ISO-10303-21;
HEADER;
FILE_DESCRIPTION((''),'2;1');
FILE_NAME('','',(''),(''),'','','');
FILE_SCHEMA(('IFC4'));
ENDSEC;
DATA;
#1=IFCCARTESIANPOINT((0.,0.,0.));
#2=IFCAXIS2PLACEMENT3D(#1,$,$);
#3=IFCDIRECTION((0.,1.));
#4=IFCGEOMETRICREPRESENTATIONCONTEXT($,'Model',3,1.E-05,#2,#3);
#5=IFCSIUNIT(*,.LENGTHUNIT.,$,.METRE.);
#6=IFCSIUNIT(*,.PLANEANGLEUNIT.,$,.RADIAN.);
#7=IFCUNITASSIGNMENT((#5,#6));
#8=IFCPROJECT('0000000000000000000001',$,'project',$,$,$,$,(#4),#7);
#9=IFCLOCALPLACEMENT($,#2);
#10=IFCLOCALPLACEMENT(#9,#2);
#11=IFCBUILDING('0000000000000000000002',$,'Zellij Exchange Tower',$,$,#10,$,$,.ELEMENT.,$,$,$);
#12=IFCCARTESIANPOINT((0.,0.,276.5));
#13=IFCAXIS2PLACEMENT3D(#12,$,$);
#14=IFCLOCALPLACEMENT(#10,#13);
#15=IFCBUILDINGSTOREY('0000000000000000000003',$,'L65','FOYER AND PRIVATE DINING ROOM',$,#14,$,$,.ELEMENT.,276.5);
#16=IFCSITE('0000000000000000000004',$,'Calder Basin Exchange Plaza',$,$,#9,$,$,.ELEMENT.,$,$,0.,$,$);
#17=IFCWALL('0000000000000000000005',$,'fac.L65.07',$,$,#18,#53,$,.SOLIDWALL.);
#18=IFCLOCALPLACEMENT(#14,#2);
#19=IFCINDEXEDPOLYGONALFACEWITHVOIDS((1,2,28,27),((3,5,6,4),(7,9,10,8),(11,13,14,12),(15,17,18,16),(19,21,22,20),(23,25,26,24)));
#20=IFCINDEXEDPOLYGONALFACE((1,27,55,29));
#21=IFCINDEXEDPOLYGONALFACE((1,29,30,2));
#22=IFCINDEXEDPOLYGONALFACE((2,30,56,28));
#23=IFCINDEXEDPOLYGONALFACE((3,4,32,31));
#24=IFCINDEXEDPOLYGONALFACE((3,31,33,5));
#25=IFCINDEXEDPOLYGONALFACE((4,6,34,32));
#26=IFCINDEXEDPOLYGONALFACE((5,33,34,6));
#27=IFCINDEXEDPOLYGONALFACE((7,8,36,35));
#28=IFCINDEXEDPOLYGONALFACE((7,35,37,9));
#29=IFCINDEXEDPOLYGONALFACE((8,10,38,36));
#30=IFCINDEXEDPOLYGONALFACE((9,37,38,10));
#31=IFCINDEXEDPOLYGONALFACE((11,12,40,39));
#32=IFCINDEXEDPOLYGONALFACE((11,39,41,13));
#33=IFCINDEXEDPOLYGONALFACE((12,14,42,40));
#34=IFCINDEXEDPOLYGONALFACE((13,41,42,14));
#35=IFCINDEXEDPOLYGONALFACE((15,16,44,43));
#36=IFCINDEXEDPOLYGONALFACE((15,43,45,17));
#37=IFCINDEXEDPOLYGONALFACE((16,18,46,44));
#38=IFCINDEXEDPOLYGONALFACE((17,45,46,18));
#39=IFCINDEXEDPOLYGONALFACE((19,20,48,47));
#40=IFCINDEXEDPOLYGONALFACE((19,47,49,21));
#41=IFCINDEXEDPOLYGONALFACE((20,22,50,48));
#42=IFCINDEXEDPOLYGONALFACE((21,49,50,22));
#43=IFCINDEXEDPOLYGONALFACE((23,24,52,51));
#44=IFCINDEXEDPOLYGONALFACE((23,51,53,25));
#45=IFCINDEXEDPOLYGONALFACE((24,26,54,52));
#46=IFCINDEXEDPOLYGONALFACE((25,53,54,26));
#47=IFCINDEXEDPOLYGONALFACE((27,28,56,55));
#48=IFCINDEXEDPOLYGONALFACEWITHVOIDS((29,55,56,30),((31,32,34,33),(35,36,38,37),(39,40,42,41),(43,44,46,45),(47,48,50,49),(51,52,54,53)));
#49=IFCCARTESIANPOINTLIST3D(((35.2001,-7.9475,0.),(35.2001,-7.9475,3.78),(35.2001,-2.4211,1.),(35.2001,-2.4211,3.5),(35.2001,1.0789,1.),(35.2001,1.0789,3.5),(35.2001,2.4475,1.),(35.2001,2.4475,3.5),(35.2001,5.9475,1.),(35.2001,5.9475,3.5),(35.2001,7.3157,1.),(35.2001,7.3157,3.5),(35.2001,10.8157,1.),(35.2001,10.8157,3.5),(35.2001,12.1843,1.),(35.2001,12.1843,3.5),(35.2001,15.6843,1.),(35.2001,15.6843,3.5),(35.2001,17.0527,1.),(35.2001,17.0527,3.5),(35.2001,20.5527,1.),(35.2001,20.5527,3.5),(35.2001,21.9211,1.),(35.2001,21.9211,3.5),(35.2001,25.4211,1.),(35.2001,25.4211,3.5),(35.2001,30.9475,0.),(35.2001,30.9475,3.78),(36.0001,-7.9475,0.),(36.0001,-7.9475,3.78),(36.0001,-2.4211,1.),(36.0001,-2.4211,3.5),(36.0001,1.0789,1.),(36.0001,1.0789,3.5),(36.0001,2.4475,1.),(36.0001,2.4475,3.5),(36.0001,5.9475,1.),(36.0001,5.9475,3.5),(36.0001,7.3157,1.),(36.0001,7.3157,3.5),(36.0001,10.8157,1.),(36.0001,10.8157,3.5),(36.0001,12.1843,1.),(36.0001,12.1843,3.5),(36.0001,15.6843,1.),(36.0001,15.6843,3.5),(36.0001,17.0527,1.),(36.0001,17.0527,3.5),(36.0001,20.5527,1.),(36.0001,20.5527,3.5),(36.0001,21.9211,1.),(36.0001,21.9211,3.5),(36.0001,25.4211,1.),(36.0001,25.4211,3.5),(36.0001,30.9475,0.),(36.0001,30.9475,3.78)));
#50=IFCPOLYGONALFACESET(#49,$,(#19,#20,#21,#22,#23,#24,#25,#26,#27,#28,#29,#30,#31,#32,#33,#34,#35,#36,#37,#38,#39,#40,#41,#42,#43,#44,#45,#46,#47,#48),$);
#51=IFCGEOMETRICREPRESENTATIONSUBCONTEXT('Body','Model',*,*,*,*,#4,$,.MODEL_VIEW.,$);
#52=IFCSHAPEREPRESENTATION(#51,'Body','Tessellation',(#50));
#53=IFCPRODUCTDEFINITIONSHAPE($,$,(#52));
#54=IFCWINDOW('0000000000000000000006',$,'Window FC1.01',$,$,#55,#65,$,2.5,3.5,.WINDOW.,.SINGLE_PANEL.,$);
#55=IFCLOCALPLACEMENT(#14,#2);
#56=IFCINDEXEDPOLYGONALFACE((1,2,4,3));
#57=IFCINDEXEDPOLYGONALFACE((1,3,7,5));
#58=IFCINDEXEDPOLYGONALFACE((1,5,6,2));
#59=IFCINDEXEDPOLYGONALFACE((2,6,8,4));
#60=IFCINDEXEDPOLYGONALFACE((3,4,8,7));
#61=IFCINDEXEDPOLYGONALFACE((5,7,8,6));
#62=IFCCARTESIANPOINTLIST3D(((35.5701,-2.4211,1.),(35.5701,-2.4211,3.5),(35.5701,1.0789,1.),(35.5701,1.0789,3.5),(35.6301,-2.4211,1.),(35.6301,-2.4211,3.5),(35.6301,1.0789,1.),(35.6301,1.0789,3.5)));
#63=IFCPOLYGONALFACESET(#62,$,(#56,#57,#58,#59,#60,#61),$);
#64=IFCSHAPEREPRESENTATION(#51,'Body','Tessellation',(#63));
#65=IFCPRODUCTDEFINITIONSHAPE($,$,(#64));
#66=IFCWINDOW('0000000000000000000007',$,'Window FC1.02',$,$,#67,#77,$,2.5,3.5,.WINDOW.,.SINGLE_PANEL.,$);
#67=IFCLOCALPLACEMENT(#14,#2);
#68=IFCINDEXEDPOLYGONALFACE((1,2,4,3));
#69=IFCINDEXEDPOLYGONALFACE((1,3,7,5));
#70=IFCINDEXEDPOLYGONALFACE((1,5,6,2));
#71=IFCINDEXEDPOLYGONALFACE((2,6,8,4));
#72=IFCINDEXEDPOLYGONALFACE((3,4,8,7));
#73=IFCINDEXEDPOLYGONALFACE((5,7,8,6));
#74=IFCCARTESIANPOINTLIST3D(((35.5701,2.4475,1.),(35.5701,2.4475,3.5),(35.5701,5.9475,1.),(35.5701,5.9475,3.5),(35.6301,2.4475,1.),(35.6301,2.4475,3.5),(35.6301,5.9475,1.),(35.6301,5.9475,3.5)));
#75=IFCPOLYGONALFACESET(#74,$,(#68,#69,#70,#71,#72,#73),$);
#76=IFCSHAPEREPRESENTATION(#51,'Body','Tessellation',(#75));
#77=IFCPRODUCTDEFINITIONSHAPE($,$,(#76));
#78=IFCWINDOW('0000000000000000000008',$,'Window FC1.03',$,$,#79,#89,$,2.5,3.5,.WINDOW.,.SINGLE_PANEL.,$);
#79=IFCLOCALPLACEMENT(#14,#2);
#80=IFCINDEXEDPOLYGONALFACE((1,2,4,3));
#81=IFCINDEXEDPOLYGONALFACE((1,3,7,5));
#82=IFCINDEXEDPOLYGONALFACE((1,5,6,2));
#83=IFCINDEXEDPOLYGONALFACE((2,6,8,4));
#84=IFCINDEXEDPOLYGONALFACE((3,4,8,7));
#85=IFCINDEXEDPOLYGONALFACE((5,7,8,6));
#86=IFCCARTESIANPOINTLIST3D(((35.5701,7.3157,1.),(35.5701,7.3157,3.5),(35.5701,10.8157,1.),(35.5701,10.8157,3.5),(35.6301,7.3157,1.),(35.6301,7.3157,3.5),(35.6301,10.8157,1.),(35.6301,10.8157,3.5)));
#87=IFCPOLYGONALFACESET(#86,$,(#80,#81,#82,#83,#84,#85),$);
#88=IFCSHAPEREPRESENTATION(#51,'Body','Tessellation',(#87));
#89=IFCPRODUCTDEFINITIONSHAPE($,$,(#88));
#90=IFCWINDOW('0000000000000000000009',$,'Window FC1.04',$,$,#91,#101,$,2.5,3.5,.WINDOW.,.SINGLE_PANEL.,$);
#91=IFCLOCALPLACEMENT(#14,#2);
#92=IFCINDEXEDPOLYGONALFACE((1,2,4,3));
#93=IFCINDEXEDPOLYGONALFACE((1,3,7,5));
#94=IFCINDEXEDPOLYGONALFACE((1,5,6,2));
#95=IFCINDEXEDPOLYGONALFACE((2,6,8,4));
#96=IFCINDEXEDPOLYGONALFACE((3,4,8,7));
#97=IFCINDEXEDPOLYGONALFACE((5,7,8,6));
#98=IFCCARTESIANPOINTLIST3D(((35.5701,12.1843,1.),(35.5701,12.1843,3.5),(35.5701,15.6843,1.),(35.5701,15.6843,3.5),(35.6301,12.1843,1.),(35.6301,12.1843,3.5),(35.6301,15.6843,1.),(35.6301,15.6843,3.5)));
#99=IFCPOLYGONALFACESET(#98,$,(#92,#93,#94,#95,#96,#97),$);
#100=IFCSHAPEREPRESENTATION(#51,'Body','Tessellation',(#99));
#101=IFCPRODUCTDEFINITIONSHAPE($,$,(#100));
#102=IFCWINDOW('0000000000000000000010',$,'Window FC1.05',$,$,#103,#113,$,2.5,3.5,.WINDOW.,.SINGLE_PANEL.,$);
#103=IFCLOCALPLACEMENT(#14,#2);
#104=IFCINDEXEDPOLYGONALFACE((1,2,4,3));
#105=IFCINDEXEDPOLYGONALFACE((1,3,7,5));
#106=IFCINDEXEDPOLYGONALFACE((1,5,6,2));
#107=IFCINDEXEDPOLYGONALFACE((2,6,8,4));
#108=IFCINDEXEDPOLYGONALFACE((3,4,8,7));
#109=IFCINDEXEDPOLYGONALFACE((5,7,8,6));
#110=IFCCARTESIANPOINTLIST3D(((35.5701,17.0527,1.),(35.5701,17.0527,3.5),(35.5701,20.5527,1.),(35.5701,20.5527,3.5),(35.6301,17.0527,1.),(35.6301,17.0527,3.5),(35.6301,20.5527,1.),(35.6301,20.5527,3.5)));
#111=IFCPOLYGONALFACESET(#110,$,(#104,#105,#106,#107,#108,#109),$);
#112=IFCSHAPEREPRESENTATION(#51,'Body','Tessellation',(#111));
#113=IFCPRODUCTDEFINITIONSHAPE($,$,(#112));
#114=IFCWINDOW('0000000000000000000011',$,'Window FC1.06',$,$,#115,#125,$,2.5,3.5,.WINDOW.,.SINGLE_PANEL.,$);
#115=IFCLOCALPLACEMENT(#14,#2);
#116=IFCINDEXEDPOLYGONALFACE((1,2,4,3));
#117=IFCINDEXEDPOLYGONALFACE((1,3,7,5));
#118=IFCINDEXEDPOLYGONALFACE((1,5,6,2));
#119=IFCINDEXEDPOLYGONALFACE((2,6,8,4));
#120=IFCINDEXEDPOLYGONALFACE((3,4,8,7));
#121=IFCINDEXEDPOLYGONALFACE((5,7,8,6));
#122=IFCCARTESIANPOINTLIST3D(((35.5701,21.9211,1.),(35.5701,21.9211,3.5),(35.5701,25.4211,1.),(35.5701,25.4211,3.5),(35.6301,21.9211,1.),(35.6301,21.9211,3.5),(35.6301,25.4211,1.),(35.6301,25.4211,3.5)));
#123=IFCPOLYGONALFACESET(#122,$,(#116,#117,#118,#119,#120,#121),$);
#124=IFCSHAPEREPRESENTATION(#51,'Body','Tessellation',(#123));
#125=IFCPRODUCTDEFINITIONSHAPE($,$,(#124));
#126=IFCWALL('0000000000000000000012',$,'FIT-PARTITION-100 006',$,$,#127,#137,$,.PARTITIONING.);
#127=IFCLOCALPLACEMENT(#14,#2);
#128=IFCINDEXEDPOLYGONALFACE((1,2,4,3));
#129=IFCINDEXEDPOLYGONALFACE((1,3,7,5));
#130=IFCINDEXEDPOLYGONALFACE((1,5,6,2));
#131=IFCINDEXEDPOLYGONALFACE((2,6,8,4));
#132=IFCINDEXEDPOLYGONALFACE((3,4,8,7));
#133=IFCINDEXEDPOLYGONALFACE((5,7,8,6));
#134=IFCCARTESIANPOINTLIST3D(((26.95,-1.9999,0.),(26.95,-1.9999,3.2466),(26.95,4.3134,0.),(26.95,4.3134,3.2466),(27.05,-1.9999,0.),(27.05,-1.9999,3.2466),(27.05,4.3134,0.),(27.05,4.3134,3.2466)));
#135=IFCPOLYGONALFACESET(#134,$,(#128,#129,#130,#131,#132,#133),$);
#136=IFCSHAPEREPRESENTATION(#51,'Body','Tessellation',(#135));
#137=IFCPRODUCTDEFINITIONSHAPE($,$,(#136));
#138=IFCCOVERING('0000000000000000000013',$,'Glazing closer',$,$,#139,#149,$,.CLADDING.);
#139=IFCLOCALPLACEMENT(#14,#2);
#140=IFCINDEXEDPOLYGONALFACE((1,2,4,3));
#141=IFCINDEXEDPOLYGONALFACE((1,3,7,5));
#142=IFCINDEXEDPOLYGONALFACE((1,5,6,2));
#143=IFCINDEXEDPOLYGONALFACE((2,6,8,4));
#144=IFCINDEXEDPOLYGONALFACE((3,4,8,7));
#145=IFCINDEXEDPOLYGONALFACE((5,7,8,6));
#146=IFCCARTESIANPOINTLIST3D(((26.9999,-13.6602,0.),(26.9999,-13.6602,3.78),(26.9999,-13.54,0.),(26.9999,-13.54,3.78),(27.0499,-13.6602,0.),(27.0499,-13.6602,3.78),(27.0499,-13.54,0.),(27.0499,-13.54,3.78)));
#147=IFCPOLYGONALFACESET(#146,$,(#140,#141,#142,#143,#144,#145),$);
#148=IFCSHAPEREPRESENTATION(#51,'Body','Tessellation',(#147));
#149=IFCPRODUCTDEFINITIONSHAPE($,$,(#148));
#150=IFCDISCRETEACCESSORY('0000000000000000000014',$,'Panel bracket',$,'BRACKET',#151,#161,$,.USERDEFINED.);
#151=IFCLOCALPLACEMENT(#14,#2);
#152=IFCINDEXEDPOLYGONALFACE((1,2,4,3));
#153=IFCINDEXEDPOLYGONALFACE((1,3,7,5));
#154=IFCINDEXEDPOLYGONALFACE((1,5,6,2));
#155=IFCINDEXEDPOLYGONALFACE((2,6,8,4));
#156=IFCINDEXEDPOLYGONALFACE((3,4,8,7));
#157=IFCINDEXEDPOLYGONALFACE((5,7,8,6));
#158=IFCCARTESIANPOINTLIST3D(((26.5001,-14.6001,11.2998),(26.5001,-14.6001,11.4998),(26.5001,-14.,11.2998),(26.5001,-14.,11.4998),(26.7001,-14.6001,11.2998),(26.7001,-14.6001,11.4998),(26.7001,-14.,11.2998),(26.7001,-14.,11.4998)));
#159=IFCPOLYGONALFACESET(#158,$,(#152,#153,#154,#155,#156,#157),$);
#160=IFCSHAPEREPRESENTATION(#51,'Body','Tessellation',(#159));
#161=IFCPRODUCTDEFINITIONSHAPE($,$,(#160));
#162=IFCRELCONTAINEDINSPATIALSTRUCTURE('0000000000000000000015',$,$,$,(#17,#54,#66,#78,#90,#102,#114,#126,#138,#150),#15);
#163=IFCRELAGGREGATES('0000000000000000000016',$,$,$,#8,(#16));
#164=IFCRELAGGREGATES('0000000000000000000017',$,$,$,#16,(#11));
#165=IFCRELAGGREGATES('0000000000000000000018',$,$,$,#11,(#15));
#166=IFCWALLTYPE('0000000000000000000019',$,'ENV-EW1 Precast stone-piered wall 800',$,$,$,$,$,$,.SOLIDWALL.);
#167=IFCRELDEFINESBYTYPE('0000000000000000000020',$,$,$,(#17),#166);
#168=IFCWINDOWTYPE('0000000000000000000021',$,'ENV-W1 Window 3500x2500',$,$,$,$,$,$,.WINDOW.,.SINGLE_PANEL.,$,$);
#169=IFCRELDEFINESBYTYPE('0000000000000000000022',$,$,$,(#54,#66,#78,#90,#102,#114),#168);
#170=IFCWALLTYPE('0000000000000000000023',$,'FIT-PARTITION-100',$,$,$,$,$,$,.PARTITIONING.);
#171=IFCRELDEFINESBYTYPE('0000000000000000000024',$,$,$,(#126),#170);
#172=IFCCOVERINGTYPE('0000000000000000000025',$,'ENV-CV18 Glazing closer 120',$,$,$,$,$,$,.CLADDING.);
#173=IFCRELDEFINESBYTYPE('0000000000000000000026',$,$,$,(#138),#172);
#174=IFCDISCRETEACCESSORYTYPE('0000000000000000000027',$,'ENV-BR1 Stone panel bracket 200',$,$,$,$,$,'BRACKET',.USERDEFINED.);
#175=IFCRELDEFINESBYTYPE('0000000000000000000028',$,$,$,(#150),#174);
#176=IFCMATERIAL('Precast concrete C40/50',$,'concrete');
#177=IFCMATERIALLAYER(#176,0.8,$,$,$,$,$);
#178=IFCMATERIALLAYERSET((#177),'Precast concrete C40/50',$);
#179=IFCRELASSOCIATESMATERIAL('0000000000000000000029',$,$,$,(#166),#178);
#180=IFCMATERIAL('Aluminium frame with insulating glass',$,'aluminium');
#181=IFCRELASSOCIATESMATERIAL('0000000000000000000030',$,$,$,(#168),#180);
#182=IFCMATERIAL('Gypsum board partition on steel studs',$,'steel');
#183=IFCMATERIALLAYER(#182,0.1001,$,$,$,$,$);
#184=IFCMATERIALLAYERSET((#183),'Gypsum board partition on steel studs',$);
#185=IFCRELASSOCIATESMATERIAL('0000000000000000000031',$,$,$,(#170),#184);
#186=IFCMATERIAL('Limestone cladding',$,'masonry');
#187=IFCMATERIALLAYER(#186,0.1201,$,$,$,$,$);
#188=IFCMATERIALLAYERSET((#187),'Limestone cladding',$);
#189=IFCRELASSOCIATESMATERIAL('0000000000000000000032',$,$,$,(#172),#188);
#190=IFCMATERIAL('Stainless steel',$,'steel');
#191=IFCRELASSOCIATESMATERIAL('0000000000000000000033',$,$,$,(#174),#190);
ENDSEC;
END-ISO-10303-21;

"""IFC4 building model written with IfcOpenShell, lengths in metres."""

from ifc_helpers import new_model, si_unit, direction, frame, frame_2d, origin, origin_2d, place, context, subcontext, project, spatial, rectangle, extrude, material, layer, layer_set, type_object, element, fill, save


model = new_model("IFC4")

# Units and contexts
model_context = context("Model", 3, precision=1e-05, world=origin(), true_north=direction((0.0, 1.0)))
body_context = subcontext(model_context, "Body", "Model", "MODEL_VIEW")
ifc_project = project(units=[si_unit("LENGTHUNIT", "METRE"), si_unit("PLANEANGLEUNIT", "RADIAN")], contexts=[model_context])

# Site, building, storey
site_placement = place(None, origin())
site = spatial("IfcSite", under=ifc_project, at=site_placement, Name="Calder Basin Exchange Plaza", CompositionType="ELEMENT", RefElevation=0.0)
building_placement = place(site_placement, origin())
building = spatial("IfcBuilding", under=site, at=building_placement, Name="Zellij Exchange Tower", CompositionType="ELEMENT")
storey_placement = place(building_placement, frame((0.0, 0.0, 276.5)))
storey = spatial("IfcBuildingStorey", under=building, at=storey_placement, Name="L65", Description="FOYER AND PRIVATE DINING ROOM", CompositionType="ELEMENT", Elevation=276.5)

# Shared definitions
ifc_material_1 = material(Name="Precast concrete C40/50", Category="concrete")
ifc_layer_1 = layer(ifc_material_1, 0.8)
ifc_layer_set_1 = layer_set([ifc_layer_1], Name="Precast concrete C40/50")
wall_type_1 = type_object("IfcWallType", Name="ENV-EW1 Precast stone-piered wall 800", PredefinedType="SOLIDWALL", material=ifc_layer_set_1)

# Wall, openings, windows
wall_1_placement = place(storey_placement, frame((35.6001, -7.9475, 0.0), z_axis=(0.0, 0.0, 1.0), x_axis=(0.0, 1.0, 0.0)))
wall_1 = element("IfcWall", 1, at=wall_1_placement, inside=storey, type_object=wall_type_1, Name="fac.L65.07", PredefinedType="SOLIDWALL", context=body_context, shape_type="SweptSolid", body=[
    extrude(rectangle(XDim=38.895, YDim=0.8, at=frame_2d((19.4475, 0.0))), origin(), (0.0, 0.0, 1.0), 3.78),
])
opening_1_placement = place(wall_1_placement, frame((5.5264, 0.0, 1.0)))
opening_1 = element("IfcOpeningElement", 2, at=opening_1_placement, cuts=wall_1, PredefinedType="OPENING", context=body_context, shape_type="SweptSolid", body=[
    extrude(rectangle(XDim=3.5, YDim=2.5, at=frame_2d((1.75, 1.25))), frame((0.0, 0.4121, 0.0), z_axis=(0.0, -1.0, 0.0), x_axis=(1.0, 0.0, 0.0)), (0.0, 0.0, 1.0), 0.824),
])
opening_2_placement = place(wall_1_placement, frame((10.395, 0.0, 1.0)))
opening_2 = element("IfcOpeningElement", 3, at=opening_2_placement, cuts=wall_1, PredefinedType="OPENING", context=body_context, shape_type="SweptSolid", body=[
    extrude(rectangle(XDim=3.5, YDim=2.5, at=frame_2d((1.75, 1.25))), frame((0.0, 0.4121, 0.0), z_axis=(0.0, -1.0, 0.0), x_axis=(1.0, 0.0, 0.0)), (0.0, 0.0, 1.0), 0.824),
])
opening_3_placement = place(wall_1_placement, frame((15.2632, 0.0, 1.0)))
opening_3 = element("IfcOpeningElement", 4, at=opening_3_placement, cuts=wall_1, PredefinedType="OPENING", context=body_context, shape_type="SweptSolid", body=[
    extrude(rectangle(XDim=3.5, YDim=2.5, at=frame_2d((1.75, 1.25))), frame((0.0, 0.4121, 0.0), z_axis=(0.0, -1.0, 0.0), x_axis=(1.0, 0.0, 0.0)), (0.0, 0.0, 1.0), 0.824),
])
opening_4_placement = place(wall_1_placement, frame((20.1318, 0.0, 1.0)))
opening_4 = element("IfcOpeningElement", 5, at=opening_4_placement, cuts=wall_1, PredefinedType="OPENING", context=body_context, shape_type="SweptSolid", body=[
    extrude(rectangle(XDim=3.5, YDim=2.5, at=frame_2d((1.75, 1.25))), frame((0.0, 0.4121, 0.0), z_axis=(0.0, -1.0, 0.0), x_axis=(1.0, 0.0, 0.0)), (0.0, 0.0, 1.0), 0.824),
])
opening_5_placement = place(wall_1_placement, frame((25.0002, 0.0, 1.0)))
opening_5 = element("IfcOpeningElement", 6, at=opening_5_placement, cuts=wall_1, PredefinedType="OPENING", context=body_context, shape_type="SweptSolid", body=[
    extrude(rectangle(XDim=3.5, YDim=2.5, at=frame_2d((1.75, 1.25))), frame((0.0, 0.4121, 0.0), z_axis=(0.0, -1.0, 0.0), x_axis=(1.0, 0.0, 0.0)), (0.0, 0.0, 1.0), 0.824),
])
opening_6_placement = place(wall_1_placement, frame((29.8687, 0.0, 1.0)))
opening_6 = element("IfcOpeningElement", 7, at=opening_6_placement, cuts=wall_1, PredefinedType="OPENING", context=body_context, shape_type="SweptSolid", body=[
    extrude(rectangle(XDim=3.5, YDim=2.5, at=frame_2d((1.75, 1.25))), frame((0.0, 0.4121, 0.0), z_axis=(0.0, -1.0, 0.0), x_axis=(1.0, 0.0, 0.0)), (0.0, 0.0, 1.0), 0.824),
])
ifc_material_2 = material(Name="Aluminium frame with insulating glass", Category="aluminium")
window_type = type_object("IfcWindowType", Name="ENV-W1 Window 3500x2500", PartitioningType="SINGLE_PANEL", PredefinedType="WINDOW", material=ifc_material_2)
window_1_placement = place(opening_1_placement, origin())
window_1 = element("IfcWindow", 8, at=window_1_placement, inside=storey, type_object=window_type, Name="Window FC1.01", OverallHeight=2.5, OverallWidth=3.5, PartitioningType="SINGLE_PANEL", PredefinedType="WINDOW", context=body_context, shape_type="SweptSolid", body=[
    extrude(rectangle(XDim=3.5, YDim=2.5, at=frame_2d((1.75, 1.25))), frame((0.0, 0.03, 0.0), z_axis=(0.0, -1.0, 0.0), x_axis=(1.0, 0.0, 0.0)), (0.0, 0.0, 1.0), 0.0601),
])
fill(opening_1, window_1)
window_2_placement = place(opening_2_placement, origin())
window_2 = element("IfcWindow", 9, at=window_2_placement, inside=storey, type_object=window_type, Name="Window FC1.02", OverallHeight=2.5, OverallWidth=3.5, PartitioningType="SINGLE_PANEL", PredefinedType="WINDOW", context=body_context, shape_type="SweptSolid", body=[
    extrude(rectangle(XDim=3.5, YDim=2.5, at=frame_2d((1.75, 1.25))), frame((0.0, 0.03, 0.0), z_axis=(0.0, -1.0, 0.0), x_axis=(1.0, 0.0, 0.0)), (0.0, 0.0, 1.0), 0.0601),
])
fill(opening_2, window_2)
window_3_placement = place(opening_3_placement, origin())
window_3 = element("IfcWindow", 10, at=window_3_placement, inside=storey, type_object=window_type, Name="Window FC1.03", OverallHeight=2.5, OverallWidth=3.5, PartitioningType="SINGLE_PANEL", PredefinedType="WINDOW", context=body_context, shape_type="SweptSolid", body=[
    extrude(rectangle(XDim=3.5, YDim=2.5, at=frame_2d((1.75, 1.25))), frame((0.0, 0.03, 0.0), z_axis=(0.0, -1.0, 0.0), x_axis=(1.0, 0.0, 0.0)), (0.0, 0.0, 1.0), 0.0601),
])
fill(opening_3, window_3)
window_4_placement = place(opening_4_placement, origin())
window_4 = element("IfcWindow", 11, at=window_4_placement, inside=storey, type_object=window_type, Name="Window FC1.04", OverallHeight=2.5, OverallWidth=3.5, PartitioningType="SINGLE_PANEL", PredefinedType="WINDOW", context=body_context, shape_type="SweptSolid", body=[
    extrude(rectangle(XDim=3.5, YDim=2.5, at=frame_2d((1.75, 1.25))), frame((0.0, 0.03, 0.0), z_axis=(0.0, -1.0, 0.0), x_axis=(1.0, 0.0, 0.0)), (0.0, 0.0, 1.0), 0.0601),
])
fill(opening_4, window_4)
window_5_placement = place(opening_5_placement, origin())
window_5 = element("IfcWindow", 12, at=window_5_placement, inside=storey, type_object=window_type, Name="Window FC1.05", OverallHeight=2.5, OverallWidth=3.5, PartitioningType="SINGLE_PANEL", PredefinedType="WINDOW", context=body_context, shape_type="SweptSolid", body=[
    extrude(rectangle(XDim=3.5, YDim=2.5, at=frame_2d((1.75, 1.25))), frame((0.0, 0.03, 0.0), z_axis=(0.0, -1.0, 0.0), x_axis=(1.0, 0.0, 0.0)), (0.0, 0.0, 1.0), 0.0601),
])
fill(opening_5, window_5)
window_6_placement = place(opening_6_placement, origin())
window_6 = element("IfcWindow", 13, at=window_6_placement, inside=storey, type_object=window_type, Name="Window FC1.06", OverallHeight=2.5, OverallWidth=3.5, PartitioningType="SINGLE_PANEL", PredefinedType="WINDOW", context=body_context, shape_type="SweptSolid", body=[
    extrude(rectangle(XDim=3.5, YDim=2.5, at=frame_2d((1.75, 1.25))), frame((0.0, 0.03, 0.0), z_axis=(0.0, -1.0, 0.0), x_axis=(1.0, 0.0, 0.0)), (0.0, 0.0, 1.0), 0.0601),
])
fill(opening_6, window_6)

# Wall
ifc_material_3 = material(Name="Gypsum board partition on steel studs", Category="steel")
ifc_layer_2 = layer(ifc_material_3, 0.1001)
ifc_layer_set_2 = layer_set([ifc_layer_2], Name="Gypsum board partition on steel studs")
wall_type_2 = type_object("IfcWallType", Name="FIT-PARTITION-100", PredefinedType="PARTITIONING", material=ifc_layer_set_2)
wall_2_placement = place(storey_placement, frame((27.0, -2.0, 0.0), z_axis=(0.0, 0.0, 1.0), x_axis=(0.0, 1.0, 0.0)))
element("IfcWall", 14, at=wall_2_placement, inside=storey, type_object=wall_type_2, Name="FIT-PARTITION-100 006", PredefinedType="PARTITIONING", context=body_context, shape_type="SweptSolid", body=[
    extrude(rectangle(XDim=6.3132, YDim=0.1001, at=frame_2d((3.1567, 0.0))), origin(), (0.0, 0.0, 1.0), 3.2466),
])

# Covering
ifc_material_4 = material(Name="Limestone cladding", Category="masonry")
ifc_layer_3 = layer(ifc_material_4, 0.1201)
ifc_layer_set_3 = layer_set([ifc_layer_3], Name="Limestone cladding")
covering_type = type_object("IfcCoveringType", Name="ENV-CV18 Glazing closer 120", PredefinedType="CLADDING", material=ifc_layer_set_3)
covering_placement = place(storey_placement, frame((27.0249, -13.6001, 0.0), z_axis=(0.0, 0.0, 1.0), x_axis=(-1.0, 0.0, 0.0)))
element("IfcCovering", 15, at=covering_placement, inside=storey, type_object=covering_type, Name="Glazing closer", PredefinedType="CLADDING", context=body_context, shape_type="SweptSolid", body=[
    extrude(rectangle(XDim=0.05, YDim=0.1201, at=origin_2d()), origin(), (0.0, 0.0, 1.0), 3.78),
])

# Discrete accessory
ifc_material_5 = material(Name="Stainless steel", Category="steel")
discrete_accessory_type = type_object("IfcDiscreteAccessoryType", Name="ENV-BR1 Stone panel bracket 200", ElementType="BRACKET", PredefinedType="USERDEFINED", material=ifc_material_5)
discrete_accessory_placement = place(storey_placement, frame((26.6001, -14.3, 11.2998), z_axis=(0.0, 0.0, 1.0), x_axis=(1.0, 0.0, 0.0)))
element("IfcDiscreteAccessory", 16, at=discrete_accessory_placement, inside=storey, type_object=discrete_accessory_type, Name="Panel bracket", ObjectType="BRACKET", PredefinedType="USERDEFINED", context=body_context, shape_type="SweptSolid", body=[
    extrude(rectangle(XDim=0.2, YDim=0.6001, at=origin_2d()), origin(), (0.0, 0.0, 1.0), 0.2),
])

save(model, "model.ifc")
